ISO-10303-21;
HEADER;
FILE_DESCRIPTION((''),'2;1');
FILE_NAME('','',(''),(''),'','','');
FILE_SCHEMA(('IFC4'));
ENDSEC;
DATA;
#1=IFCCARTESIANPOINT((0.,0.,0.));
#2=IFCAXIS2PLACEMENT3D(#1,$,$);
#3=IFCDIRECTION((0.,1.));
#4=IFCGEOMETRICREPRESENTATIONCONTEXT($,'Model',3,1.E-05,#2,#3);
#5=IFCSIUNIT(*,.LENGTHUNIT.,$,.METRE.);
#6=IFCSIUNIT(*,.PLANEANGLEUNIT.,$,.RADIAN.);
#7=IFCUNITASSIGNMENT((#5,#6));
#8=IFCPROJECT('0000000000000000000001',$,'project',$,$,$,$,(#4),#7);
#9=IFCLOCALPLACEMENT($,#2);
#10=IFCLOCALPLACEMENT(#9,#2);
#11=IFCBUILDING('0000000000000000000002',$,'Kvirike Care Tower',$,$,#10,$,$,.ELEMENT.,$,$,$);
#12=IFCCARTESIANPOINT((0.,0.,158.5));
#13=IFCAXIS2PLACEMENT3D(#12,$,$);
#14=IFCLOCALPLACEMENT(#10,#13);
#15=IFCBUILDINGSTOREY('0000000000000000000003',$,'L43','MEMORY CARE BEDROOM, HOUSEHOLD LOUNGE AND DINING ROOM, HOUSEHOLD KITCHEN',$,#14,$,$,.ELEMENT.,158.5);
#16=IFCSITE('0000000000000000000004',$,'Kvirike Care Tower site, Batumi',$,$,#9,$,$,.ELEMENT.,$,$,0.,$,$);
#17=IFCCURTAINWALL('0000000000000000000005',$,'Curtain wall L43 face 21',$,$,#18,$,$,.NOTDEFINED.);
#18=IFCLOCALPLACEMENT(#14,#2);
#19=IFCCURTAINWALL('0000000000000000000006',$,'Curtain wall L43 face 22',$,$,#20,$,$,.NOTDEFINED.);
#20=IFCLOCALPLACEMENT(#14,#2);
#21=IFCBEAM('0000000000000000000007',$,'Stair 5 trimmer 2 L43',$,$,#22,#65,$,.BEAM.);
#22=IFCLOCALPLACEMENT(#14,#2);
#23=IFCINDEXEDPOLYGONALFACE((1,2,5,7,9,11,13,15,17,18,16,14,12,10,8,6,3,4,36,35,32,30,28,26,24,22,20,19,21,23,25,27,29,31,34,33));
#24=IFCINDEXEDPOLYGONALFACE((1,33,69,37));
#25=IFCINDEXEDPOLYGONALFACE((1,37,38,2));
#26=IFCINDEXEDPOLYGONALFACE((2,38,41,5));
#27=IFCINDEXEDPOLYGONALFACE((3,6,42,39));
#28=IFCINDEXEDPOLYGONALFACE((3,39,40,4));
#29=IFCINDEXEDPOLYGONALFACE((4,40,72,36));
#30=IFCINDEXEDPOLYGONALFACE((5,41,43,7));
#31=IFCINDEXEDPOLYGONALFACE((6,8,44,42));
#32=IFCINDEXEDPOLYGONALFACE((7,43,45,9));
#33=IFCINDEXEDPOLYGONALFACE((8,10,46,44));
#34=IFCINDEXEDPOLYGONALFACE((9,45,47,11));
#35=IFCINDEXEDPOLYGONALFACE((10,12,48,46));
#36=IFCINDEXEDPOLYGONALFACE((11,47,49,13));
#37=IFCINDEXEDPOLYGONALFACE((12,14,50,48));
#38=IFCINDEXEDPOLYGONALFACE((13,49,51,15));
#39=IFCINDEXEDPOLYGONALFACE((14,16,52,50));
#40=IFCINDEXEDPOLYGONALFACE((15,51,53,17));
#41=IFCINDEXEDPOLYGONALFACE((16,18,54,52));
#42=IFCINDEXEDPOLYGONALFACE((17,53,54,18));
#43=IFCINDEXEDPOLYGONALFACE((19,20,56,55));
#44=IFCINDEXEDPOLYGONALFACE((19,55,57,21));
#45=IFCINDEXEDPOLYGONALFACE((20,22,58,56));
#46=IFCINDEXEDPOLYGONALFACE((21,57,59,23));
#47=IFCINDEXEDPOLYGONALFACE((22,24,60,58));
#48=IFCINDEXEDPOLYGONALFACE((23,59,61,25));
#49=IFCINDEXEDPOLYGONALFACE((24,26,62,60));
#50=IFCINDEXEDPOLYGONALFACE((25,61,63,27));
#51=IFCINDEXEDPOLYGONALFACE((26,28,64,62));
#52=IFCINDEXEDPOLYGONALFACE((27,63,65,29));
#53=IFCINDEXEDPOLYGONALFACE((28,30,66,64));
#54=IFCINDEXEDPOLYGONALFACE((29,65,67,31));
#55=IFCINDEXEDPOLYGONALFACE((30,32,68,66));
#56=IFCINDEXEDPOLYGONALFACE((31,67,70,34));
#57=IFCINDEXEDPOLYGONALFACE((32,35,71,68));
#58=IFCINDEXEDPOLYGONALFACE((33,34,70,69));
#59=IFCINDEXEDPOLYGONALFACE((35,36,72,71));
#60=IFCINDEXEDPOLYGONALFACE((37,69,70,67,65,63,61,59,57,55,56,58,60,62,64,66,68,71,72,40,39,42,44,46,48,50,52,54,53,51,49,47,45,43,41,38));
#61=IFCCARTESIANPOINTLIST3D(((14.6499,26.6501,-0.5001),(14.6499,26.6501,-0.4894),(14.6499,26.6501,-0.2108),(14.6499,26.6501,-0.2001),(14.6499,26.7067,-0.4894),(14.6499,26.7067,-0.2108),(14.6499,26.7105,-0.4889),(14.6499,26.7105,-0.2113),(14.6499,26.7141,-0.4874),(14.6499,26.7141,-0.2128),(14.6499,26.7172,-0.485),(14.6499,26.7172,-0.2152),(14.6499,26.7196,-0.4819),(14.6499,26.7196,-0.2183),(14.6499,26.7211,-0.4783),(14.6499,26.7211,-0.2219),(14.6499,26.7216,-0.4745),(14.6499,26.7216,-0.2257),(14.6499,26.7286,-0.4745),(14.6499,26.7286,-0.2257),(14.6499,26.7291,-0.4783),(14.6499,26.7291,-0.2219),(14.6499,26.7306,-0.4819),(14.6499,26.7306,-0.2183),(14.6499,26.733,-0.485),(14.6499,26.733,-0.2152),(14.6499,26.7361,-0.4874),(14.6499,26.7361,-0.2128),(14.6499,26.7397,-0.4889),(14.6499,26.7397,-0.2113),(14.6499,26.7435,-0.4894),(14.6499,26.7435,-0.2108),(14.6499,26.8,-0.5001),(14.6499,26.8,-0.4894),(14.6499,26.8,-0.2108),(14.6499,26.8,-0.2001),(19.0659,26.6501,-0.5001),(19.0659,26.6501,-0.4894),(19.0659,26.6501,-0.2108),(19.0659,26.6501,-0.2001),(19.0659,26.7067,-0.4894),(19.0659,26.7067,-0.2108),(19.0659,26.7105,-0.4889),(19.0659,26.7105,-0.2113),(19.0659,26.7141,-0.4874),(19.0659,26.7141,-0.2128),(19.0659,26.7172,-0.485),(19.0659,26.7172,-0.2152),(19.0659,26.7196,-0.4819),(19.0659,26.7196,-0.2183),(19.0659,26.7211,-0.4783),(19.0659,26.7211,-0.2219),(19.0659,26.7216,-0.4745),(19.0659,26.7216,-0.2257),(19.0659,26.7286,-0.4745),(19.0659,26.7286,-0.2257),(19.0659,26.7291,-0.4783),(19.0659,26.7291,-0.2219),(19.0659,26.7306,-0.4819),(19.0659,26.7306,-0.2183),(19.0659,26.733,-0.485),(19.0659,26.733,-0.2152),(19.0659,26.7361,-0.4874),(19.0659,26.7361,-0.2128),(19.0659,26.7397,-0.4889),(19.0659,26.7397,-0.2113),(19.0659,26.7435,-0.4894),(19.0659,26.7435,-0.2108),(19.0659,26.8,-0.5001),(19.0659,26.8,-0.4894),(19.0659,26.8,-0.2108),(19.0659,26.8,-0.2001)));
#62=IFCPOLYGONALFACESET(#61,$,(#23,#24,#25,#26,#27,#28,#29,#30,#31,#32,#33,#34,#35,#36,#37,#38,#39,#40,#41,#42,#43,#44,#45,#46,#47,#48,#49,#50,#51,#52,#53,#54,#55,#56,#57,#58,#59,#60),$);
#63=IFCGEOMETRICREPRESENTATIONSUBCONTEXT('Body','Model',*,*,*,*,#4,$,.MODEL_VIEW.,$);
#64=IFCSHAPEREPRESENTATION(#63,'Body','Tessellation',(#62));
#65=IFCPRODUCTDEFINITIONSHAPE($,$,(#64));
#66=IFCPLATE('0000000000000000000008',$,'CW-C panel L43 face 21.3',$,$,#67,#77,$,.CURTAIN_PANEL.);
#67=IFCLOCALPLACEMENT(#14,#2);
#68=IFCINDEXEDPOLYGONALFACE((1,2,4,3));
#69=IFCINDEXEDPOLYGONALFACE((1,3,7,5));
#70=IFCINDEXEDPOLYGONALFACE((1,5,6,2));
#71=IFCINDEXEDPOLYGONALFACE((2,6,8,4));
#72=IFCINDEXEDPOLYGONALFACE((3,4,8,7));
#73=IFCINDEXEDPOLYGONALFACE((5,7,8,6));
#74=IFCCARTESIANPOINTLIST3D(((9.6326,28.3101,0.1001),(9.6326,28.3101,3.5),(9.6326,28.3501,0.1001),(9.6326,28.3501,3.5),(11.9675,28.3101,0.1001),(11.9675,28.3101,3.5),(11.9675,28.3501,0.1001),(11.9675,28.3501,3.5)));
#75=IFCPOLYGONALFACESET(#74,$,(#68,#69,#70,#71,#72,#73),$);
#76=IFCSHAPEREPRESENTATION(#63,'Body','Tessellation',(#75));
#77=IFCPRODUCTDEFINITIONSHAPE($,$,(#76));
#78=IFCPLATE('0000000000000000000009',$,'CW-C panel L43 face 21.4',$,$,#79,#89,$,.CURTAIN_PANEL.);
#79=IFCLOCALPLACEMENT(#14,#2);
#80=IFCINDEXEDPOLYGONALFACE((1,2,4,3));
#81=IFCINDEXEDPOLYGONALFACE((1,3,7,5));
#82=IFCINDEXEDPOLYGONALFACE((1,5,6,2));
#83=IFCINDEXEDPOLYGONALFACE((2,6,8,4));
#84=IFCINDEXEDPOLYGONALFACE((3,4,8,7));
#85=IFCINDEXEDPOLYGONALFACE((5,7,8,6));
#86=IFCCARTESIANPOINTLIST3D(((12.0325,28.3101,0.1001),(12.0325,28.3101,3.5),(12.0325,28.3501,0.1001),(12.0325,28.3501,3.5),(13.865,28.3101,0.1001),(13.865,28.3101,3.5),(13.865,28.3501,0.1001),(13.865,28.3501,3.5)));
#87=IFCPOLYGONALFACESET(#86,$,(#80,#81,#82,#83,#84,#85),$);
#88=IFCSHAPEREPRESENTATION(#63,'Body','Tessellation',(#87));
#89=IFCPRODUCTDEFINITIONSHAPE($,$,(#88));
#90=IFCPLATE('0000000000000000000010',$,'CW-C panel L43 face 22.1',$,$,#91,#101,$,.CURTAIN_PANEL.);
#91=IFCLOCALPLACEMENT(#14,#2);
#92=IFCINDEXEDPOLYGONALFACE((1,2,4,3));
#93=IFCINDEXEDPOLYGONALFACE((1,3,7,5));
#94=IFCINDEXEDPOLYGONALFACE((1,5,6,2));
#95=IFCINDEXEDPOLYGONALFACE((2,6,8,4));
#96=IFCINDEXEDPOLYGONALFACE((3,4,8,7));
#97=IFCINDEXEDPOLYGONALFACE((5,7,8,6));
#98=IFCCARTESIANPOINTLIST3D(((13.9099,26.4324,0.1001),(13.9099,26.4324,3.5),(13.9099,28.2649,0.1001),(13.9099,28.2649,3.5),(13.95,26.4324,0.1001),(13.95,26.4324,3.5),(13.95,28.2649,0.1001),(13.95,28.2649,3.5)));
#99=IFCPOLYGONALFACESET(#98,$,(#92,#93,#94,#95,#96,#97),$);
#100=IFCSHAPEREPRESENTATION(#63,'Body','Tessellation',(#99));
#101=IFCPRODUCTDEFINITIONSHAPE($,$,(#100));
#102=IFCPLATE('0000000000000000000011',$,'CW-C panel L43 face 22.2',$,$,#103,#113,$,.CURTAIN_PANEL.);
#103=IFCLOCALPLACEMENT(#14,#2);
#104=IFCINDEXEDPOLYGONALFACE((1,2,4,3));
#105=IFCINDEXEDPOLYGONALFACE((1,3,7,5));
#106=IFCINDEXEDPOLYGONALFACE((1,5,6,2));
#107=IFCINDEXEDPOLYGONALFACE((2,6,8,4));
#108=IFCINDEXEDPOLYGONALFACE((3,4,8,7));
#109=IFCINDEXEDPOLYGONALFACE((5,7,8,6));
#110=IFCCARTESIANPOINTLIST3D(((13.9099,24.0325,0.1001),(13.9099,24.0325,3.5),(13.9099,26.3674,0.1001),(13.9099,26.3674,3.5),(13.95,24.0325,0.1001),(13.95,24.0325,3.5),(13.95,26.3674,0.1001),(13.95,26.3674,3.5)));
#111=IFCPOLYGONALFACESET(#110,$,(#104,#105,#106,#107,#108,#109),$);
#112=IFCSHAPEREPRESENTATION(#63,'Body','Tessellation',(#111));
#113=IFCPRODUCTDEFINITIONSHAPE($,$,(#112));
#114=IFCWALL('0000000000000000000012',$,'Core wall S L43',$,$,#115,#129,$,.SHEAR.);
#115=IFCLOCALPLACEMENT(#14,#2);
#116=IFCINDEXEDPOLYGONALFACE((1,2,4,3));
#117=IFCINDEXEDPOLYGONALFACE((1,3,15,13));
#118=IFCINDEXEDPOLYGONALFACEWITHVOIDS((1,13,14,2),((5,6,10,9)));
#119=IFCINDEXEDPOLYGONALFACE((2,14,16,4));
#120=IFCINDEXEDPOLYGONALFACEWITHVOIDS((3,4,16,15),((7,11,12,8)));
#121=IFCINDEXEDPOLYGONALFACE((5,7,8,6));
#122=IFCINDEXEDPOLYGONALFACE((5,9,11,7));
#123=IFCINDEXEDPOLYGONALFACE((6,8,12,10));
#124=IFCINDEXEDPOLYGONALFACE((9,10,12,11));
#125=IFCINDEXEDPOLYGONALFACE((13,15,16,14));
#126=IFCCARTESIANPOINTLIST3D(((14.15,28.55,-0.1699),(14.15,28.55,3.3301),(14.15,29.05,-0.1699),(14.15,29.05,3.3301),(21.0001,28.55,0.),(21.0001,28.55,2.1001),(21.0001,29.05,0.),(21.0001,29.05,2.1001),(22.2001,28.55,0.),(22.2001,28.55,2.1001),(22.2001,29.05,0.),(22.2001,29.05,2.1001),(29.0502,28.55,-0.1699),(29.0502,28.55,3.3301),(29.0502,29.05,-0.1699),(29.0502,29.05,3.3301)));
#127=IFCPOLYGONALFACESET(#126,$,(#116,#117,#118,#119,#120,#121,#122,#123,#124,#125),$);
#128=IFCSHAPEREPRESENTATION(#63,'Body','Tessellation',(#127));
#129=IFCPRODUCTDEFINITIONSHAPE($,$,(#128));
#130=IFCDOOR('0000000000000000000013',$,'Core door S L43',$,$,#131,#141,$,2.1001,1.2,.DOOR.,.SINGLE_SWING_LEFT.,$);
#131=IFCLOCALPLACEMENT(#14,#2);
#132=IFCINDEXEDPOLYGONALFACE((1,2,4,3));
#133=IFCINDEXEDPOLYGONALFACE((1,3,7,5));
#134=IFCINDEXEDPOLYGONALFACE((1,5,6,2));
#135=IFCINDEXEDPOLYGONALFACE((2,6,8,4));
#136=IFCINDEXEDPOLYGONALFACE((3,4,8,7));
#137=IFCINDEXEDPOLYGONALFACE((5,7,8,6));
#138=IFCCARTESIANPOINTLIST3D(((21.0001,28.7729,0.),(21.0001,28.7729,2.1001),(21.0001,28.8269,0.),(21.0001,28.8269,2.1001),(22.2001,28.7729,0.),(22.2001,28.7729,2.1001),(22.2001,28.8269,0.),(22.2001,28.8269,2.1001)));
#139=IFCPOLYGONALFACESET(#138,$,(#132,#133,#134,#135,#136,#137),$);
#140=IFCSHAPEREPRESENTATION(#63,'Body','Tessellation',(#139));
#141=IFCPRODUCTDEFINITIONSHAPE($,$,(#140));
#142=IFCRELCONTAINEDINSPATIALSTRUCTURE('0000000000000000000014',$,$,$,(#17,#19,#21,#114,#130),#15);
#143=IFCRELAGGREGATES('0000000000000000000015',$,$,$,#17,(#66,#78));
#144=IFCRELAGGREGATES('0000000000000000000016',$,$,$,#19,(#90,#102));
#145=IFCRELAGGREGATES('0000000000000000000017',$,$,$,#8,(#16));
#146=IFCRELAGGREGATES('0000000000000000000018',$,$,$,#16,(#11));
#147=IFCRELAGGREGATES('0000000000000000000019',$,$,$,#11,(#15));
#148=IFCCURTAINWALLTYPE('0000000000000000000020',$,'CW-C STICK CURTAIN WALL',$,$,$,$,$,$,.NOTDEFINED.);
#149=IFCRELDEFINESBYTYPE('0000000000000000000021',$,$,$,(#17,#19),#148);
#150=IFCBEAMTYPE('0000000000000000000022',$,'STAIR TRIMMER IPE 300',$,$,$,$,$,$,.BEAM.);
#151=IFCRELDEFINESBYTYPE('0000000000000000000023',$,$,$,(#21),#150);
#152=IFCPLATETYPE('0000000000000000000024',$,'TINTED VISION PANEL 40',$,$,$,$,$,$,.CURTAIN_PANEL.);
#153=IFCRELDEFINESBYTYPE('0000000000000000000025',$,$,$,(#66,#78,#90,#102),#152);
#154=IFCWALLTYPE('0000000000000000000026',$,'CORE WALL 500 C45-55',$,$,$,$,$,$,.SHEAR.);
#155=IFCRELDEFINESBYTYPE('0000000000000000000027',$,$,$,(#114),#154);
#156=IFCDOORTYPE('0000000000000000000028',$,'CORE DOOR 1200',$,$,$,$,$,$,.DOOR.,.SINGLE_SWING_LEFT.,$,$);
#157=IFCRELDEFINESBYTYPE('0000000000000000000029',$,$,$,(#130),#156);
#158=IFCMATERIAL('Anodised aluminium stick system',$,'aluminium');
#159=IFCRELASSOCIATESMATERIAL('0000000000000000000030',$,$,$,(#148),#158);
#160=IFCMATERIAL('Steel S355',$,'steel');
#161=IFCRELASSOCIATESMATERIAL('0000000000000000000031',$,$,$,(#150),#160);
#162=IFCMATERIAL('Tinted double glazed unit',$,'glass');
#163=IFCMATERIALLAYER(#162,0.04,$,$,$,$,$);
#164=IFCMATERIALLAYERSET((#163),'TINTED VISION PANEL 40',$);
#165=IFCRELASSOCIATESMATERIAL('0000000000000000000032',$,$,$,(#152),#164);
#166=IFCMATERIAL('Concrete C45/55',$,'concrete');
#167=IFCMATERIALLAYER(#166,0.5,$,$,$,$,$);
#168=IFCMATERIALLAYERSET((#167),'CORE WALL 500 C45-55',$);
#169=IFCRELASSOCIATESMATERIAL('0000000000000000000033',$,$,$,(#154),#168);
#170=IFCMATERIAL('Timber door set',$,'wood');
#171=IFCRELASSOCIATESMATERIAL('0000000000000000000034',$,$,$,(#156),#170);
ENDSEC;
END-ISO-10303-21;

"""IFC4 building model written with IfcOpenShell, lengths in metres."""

from ifc_helpers import new_model, si_unit, direction, frame, frame_2d, origin, origin_2d, place, context, subcontext, project, spatial, rectangle, i_section, extrude, material, layer, layer_set, material_profile, profile_set, type_object, element, fill, aggregate, save


model = new_model("IFC4")

# Units and contexts
model_context = context("Model", 3, precision=1e-05, world=origin(), true_north=direction((0.0, 1.0)))
body_context = subcontext(model_context, "Body", "Model", "MODEL_VIEW")
ifc_project = project(units=[si_unit("LENGTHUNIT", "METRE"), si_unit("PLANEANGLEUNIT", "RADIAN")], contexts=[model_context])

# Site, building, storey
site_placement = place(None, origin())
site = spatial("IfcSite", under=ifc_project, at=site_placement, Name="Kvirike Care Tower site, Batumi", CompositionType="ELEMENT", RefElevation=0.0)
building_placement = place(site_placement, origin())
building = spatial("IfcBuilding", under=site, at=building_placement, Name="Kvirike Care Tower", CompositionType="ELEMENT")
storey_placement = place(building_placement, frame((0.0, 0.0, 158.5)))
storey = spatial("IfcBuildingStorey", under=building, at=storey_placement, Name="L43", Description="MEMORY CARE BEDROOM, HOUSEHOLD LOUNGE AND DINING ROOM, HOUSEHOLD KITCHEN", CompositionType="ELEMENT", Elevation=158.5)

# Curtain walls
ifc_material_1 = material(Name="Anodised aluminium stick system", Category="aluminium")
curtain_wall_type = type_object("IfcCurtainWallType", Name="CW-C STICK CURTAIN WALL", PredefinedType="NOTDEFINED", material=ifc_material_1)
curtain_wall_1_placement = place(storey_placement, origin())
curtain_wall_1 = element("IfcCurtainWall", 1, at=curtain_wall_1_placement, inside=storey, type_object=curtain_wall_type, Name="Curtain wall L43 face 21", PredefinedType="NOTDEFINED")
curtain_wall_2_placement = place(storey_placement, origin())
curtain_wall_2 = element("IfcCurtainWall", 2, at=curtain_wall_2_placement, inside=storey, type_object=curtain_wall_type, Name="Curtain wall L43 face 22", PredefinedType="NOTDEFINED")

# Beam
ifc_material_2 = material(Name="Steel S355", Category="steel")
ifc_material_profile_1 = material_profile(ifc_material_2, i_section(OverallWidth=0.1499, OverallDepth=0.3, WebThickness=0.0071, FlangeThickness=0.0107, FilletRadius=0.0149, at=origin_2d()), Name="IPE 300")
ifc_profile_set_1 = profile_set([ifc_material_profile_1], Name="Steel S355")
beam_type_1 = type_object("IfcBeamType", Name="STAIR TRIMMER IPE 300", PredefinedType="BEAM", material=ifc_profile_set_1)
for number, where, z_axis, x_axis, name in (
    (3, (14.6499, 26.7251, -0.3501), (1.0, 0.0, 0.0), (0.0, 1.0, 0.0), "Stair 5 trimmer 2 L43"),
):
    element("IfcBeam", number, at=place(storey_placement, frame(where, z_axis=z_axis, x_axis=x_axis)), inside=storey, type_object=beam_type_1, Name=name, PredefinedType="BEAM", context=body_context, shape_type="SweptSolid", body=[
        extrude(i_section(OverallWidth=0.1499, OverallDepth=0.3, WebThickness=0.0071, FlangeThickness=0.0107, FilletRadius=0.0149, at=origin_2d()), origin(), (0.0, 0.0, 1.0), 4.416),
    ])

# Plates
ifc_material_3 = material(Name="Tinted double glazed unit", Category="glass")
ifc_layer_1 = layer(ifc_material_3, 0.04)
ifc_layer_set_1 = layer_set([ifc_layer_1], Name="TINTED VISION PANEL 40")
plate_type = type_object("IfcPlateType", Name="TINTED VISION PANEL 40", PredefinedType="CURTAIN_PANEL", material=ifc_layer_set_1)
plate_1_placement = place(storey_placement, frame((10.8, 28.3301, 0.1001), z_axis=(0.0, 0.0, 1.0), x_axis=(1.0, 0.0, 0.0)))
plate_1 = element("IfcPlate", 4, at=plate_1_placement, type_object=plate_type, Name="CW-C panel L43 face 21.3", PredefinedType="CURTAIN_PANEL", context=body_context, shape_type="SweptSolid", body=[
    extrude(rectangle(XDim=2.335, YDim=0.04, at=origin_2d()), origin(), (0.0, 0.0, 1.0), 3.3999),
])
plate_2_placement = place(storey_placement, frame((12.9487, 28.3301, 0.1001), z_axis=(0.0, 0.0, 1.0), x_axis=(1.0, 0.0, 0.0)))
plate_2 = element("IfcPlate", 5, at=plate_2_placement, type_object=plate_type, Name="CW-C panel L43 face 21.4", PredefinedType="CURTAIN_PANEL", context=body_context, shape_type="SweptSolid", body=[
    extrude(rectangle(XDim=1.8325, YDim=0.04, at=origin_2d()), origin(), (0.0, 0.0, 1.0), 3.3999),
])
aggregate(curtain_wall_1, [plate_1, plate_2])
plate_3_placement = place(storey_placement, frame((13.9299, 27.3486, 0.1001), z_axis=(0.0, 0.0, 1.0), x_axis=(0.0, -1.0, 0.0)))
plate_3 = element("IfcPlate", 6, at=plate_3_placement, type_object=plate_type, Name="CW-C panel L43 face 22.1", PredefinedType="CURTAIN_PANEL", context=body_context, shape_type="SweptSolid", body=[
    extrude(rectangle(XDim=1.8325, YDim=0.04, at=origin_2d()), origin(), (0.0, 0.0, 1.0), 3.3999),
])
plate_4_placement = place(storey_placement, frame((13.9299, 25.2, 0.1001), z_axis=(0.0, 0.0, 1.0), x_axis=(0.0, -1.0, 0.0)))
plate_4 = element("IfcPlate", 7, at=plate_4_placement, type_object=plate_type, Name="CW-C panel L43 face 22.2", PredefinedType="CURTAIN_PANEL", context=body_context, shape_type="SweptSolid", body=[
    extrude(rectangle(XDim=2.335, YDim=0.04, at=origin_2d()), origin(), (0.0, 0.0, 1.0), 3.3999),
])
aggregate(curtain_wall_2, [plate_3, plate_4])

# Wall, opening, door
ifc_material_4 = material(Name="Concrete C45/55", Category="concrete")
ifc_layer_2 = layer(ifc_material_4, 0.5)
ifc_layer_set_2 = layer_set([ifc_layer_2], Name="CORE WALL 500 C45-55")
wall_type_1 = type_object("IfcWallType", Name="CORE WALL 500 C45-55", PredefinedType="SHEAR", material=ifc_layer_set_2)
wall_1_placement = place(storey_placement, frame((14.1499, 28.8, -0.1699), z_axis=(0.0, 0.0, 1.0), x_axis=(1.0, 0.0, 0.0)))
wall_1 = element("IfcWall", 8, at=wall_1_placement, inside=storey, type_object=wall_type_1, Name="Core wall S L43", PredefinedType="SHEAR", context=body_context, shape_type="SweptSolid", body=[
    extrude(rectangle(XDim=14.9001, YDim=0.5, at=frame_2d((7.4502, 0.0))), origin(), (0.0, 0.0, 1.0), 3.5),
])
opening_1_placement = place(wall_1_placement, frame((6.8501, 0.0, 0.1699)))
opening_1 = element("IfcOpeningElement", 9, at=opening_1_placement, cuts=wall_1, PredefinedType="OPENING", context=body_context, shape_type="SweptSolid", body=[
    extrude(rectangle(XDim=1.2, YDim=2.1001, at=frame_2d((0.6001, 1.05))), frame((0.0, 0.2605, 0.0), z_axis=(0.0, -1.0, 0.0), x_axis=(1.0, 0.0, 0.0)), (0.0, 0.0, 1.0), 0.521),
])
ifc_material_5 = material(Name="Timber door set", Category="wood")
door_type_1 = type_object("IfcDoorType", Name="CORE DOOR 1200", OperationType="SINGLE_SWING_LEFT", PredefinedType="DOOR", material=ifc_material_5)
door_1_placement = place(opening_1_placement, origin())
door_1 = element("IfcDoor", 10, at=door_1_placement, inside=storey, type_object=door_type_1, Name="Core door S L43", OperationType="SINGLE_SWING_LEFT", OverallHeight=2.1001, OverallWidth=1.2, PredefinedType="DOOR", context=body_context, shape_type="SweptSolid", body=[
    extrude(rectangle(XDim=1.2, YDim=2.1001, at=frame_2d((0.6001, 1.05))), frame((0.0, 0.0269, 0.0), z_axis=(0.0, -1.0, 0.0), x_axis=(1.0, 0.0, 0.0)), (0.0, 0.0, 1.0), 0.054),
])
fill(opening_1, door_1)

save(model, "model.ifc")
